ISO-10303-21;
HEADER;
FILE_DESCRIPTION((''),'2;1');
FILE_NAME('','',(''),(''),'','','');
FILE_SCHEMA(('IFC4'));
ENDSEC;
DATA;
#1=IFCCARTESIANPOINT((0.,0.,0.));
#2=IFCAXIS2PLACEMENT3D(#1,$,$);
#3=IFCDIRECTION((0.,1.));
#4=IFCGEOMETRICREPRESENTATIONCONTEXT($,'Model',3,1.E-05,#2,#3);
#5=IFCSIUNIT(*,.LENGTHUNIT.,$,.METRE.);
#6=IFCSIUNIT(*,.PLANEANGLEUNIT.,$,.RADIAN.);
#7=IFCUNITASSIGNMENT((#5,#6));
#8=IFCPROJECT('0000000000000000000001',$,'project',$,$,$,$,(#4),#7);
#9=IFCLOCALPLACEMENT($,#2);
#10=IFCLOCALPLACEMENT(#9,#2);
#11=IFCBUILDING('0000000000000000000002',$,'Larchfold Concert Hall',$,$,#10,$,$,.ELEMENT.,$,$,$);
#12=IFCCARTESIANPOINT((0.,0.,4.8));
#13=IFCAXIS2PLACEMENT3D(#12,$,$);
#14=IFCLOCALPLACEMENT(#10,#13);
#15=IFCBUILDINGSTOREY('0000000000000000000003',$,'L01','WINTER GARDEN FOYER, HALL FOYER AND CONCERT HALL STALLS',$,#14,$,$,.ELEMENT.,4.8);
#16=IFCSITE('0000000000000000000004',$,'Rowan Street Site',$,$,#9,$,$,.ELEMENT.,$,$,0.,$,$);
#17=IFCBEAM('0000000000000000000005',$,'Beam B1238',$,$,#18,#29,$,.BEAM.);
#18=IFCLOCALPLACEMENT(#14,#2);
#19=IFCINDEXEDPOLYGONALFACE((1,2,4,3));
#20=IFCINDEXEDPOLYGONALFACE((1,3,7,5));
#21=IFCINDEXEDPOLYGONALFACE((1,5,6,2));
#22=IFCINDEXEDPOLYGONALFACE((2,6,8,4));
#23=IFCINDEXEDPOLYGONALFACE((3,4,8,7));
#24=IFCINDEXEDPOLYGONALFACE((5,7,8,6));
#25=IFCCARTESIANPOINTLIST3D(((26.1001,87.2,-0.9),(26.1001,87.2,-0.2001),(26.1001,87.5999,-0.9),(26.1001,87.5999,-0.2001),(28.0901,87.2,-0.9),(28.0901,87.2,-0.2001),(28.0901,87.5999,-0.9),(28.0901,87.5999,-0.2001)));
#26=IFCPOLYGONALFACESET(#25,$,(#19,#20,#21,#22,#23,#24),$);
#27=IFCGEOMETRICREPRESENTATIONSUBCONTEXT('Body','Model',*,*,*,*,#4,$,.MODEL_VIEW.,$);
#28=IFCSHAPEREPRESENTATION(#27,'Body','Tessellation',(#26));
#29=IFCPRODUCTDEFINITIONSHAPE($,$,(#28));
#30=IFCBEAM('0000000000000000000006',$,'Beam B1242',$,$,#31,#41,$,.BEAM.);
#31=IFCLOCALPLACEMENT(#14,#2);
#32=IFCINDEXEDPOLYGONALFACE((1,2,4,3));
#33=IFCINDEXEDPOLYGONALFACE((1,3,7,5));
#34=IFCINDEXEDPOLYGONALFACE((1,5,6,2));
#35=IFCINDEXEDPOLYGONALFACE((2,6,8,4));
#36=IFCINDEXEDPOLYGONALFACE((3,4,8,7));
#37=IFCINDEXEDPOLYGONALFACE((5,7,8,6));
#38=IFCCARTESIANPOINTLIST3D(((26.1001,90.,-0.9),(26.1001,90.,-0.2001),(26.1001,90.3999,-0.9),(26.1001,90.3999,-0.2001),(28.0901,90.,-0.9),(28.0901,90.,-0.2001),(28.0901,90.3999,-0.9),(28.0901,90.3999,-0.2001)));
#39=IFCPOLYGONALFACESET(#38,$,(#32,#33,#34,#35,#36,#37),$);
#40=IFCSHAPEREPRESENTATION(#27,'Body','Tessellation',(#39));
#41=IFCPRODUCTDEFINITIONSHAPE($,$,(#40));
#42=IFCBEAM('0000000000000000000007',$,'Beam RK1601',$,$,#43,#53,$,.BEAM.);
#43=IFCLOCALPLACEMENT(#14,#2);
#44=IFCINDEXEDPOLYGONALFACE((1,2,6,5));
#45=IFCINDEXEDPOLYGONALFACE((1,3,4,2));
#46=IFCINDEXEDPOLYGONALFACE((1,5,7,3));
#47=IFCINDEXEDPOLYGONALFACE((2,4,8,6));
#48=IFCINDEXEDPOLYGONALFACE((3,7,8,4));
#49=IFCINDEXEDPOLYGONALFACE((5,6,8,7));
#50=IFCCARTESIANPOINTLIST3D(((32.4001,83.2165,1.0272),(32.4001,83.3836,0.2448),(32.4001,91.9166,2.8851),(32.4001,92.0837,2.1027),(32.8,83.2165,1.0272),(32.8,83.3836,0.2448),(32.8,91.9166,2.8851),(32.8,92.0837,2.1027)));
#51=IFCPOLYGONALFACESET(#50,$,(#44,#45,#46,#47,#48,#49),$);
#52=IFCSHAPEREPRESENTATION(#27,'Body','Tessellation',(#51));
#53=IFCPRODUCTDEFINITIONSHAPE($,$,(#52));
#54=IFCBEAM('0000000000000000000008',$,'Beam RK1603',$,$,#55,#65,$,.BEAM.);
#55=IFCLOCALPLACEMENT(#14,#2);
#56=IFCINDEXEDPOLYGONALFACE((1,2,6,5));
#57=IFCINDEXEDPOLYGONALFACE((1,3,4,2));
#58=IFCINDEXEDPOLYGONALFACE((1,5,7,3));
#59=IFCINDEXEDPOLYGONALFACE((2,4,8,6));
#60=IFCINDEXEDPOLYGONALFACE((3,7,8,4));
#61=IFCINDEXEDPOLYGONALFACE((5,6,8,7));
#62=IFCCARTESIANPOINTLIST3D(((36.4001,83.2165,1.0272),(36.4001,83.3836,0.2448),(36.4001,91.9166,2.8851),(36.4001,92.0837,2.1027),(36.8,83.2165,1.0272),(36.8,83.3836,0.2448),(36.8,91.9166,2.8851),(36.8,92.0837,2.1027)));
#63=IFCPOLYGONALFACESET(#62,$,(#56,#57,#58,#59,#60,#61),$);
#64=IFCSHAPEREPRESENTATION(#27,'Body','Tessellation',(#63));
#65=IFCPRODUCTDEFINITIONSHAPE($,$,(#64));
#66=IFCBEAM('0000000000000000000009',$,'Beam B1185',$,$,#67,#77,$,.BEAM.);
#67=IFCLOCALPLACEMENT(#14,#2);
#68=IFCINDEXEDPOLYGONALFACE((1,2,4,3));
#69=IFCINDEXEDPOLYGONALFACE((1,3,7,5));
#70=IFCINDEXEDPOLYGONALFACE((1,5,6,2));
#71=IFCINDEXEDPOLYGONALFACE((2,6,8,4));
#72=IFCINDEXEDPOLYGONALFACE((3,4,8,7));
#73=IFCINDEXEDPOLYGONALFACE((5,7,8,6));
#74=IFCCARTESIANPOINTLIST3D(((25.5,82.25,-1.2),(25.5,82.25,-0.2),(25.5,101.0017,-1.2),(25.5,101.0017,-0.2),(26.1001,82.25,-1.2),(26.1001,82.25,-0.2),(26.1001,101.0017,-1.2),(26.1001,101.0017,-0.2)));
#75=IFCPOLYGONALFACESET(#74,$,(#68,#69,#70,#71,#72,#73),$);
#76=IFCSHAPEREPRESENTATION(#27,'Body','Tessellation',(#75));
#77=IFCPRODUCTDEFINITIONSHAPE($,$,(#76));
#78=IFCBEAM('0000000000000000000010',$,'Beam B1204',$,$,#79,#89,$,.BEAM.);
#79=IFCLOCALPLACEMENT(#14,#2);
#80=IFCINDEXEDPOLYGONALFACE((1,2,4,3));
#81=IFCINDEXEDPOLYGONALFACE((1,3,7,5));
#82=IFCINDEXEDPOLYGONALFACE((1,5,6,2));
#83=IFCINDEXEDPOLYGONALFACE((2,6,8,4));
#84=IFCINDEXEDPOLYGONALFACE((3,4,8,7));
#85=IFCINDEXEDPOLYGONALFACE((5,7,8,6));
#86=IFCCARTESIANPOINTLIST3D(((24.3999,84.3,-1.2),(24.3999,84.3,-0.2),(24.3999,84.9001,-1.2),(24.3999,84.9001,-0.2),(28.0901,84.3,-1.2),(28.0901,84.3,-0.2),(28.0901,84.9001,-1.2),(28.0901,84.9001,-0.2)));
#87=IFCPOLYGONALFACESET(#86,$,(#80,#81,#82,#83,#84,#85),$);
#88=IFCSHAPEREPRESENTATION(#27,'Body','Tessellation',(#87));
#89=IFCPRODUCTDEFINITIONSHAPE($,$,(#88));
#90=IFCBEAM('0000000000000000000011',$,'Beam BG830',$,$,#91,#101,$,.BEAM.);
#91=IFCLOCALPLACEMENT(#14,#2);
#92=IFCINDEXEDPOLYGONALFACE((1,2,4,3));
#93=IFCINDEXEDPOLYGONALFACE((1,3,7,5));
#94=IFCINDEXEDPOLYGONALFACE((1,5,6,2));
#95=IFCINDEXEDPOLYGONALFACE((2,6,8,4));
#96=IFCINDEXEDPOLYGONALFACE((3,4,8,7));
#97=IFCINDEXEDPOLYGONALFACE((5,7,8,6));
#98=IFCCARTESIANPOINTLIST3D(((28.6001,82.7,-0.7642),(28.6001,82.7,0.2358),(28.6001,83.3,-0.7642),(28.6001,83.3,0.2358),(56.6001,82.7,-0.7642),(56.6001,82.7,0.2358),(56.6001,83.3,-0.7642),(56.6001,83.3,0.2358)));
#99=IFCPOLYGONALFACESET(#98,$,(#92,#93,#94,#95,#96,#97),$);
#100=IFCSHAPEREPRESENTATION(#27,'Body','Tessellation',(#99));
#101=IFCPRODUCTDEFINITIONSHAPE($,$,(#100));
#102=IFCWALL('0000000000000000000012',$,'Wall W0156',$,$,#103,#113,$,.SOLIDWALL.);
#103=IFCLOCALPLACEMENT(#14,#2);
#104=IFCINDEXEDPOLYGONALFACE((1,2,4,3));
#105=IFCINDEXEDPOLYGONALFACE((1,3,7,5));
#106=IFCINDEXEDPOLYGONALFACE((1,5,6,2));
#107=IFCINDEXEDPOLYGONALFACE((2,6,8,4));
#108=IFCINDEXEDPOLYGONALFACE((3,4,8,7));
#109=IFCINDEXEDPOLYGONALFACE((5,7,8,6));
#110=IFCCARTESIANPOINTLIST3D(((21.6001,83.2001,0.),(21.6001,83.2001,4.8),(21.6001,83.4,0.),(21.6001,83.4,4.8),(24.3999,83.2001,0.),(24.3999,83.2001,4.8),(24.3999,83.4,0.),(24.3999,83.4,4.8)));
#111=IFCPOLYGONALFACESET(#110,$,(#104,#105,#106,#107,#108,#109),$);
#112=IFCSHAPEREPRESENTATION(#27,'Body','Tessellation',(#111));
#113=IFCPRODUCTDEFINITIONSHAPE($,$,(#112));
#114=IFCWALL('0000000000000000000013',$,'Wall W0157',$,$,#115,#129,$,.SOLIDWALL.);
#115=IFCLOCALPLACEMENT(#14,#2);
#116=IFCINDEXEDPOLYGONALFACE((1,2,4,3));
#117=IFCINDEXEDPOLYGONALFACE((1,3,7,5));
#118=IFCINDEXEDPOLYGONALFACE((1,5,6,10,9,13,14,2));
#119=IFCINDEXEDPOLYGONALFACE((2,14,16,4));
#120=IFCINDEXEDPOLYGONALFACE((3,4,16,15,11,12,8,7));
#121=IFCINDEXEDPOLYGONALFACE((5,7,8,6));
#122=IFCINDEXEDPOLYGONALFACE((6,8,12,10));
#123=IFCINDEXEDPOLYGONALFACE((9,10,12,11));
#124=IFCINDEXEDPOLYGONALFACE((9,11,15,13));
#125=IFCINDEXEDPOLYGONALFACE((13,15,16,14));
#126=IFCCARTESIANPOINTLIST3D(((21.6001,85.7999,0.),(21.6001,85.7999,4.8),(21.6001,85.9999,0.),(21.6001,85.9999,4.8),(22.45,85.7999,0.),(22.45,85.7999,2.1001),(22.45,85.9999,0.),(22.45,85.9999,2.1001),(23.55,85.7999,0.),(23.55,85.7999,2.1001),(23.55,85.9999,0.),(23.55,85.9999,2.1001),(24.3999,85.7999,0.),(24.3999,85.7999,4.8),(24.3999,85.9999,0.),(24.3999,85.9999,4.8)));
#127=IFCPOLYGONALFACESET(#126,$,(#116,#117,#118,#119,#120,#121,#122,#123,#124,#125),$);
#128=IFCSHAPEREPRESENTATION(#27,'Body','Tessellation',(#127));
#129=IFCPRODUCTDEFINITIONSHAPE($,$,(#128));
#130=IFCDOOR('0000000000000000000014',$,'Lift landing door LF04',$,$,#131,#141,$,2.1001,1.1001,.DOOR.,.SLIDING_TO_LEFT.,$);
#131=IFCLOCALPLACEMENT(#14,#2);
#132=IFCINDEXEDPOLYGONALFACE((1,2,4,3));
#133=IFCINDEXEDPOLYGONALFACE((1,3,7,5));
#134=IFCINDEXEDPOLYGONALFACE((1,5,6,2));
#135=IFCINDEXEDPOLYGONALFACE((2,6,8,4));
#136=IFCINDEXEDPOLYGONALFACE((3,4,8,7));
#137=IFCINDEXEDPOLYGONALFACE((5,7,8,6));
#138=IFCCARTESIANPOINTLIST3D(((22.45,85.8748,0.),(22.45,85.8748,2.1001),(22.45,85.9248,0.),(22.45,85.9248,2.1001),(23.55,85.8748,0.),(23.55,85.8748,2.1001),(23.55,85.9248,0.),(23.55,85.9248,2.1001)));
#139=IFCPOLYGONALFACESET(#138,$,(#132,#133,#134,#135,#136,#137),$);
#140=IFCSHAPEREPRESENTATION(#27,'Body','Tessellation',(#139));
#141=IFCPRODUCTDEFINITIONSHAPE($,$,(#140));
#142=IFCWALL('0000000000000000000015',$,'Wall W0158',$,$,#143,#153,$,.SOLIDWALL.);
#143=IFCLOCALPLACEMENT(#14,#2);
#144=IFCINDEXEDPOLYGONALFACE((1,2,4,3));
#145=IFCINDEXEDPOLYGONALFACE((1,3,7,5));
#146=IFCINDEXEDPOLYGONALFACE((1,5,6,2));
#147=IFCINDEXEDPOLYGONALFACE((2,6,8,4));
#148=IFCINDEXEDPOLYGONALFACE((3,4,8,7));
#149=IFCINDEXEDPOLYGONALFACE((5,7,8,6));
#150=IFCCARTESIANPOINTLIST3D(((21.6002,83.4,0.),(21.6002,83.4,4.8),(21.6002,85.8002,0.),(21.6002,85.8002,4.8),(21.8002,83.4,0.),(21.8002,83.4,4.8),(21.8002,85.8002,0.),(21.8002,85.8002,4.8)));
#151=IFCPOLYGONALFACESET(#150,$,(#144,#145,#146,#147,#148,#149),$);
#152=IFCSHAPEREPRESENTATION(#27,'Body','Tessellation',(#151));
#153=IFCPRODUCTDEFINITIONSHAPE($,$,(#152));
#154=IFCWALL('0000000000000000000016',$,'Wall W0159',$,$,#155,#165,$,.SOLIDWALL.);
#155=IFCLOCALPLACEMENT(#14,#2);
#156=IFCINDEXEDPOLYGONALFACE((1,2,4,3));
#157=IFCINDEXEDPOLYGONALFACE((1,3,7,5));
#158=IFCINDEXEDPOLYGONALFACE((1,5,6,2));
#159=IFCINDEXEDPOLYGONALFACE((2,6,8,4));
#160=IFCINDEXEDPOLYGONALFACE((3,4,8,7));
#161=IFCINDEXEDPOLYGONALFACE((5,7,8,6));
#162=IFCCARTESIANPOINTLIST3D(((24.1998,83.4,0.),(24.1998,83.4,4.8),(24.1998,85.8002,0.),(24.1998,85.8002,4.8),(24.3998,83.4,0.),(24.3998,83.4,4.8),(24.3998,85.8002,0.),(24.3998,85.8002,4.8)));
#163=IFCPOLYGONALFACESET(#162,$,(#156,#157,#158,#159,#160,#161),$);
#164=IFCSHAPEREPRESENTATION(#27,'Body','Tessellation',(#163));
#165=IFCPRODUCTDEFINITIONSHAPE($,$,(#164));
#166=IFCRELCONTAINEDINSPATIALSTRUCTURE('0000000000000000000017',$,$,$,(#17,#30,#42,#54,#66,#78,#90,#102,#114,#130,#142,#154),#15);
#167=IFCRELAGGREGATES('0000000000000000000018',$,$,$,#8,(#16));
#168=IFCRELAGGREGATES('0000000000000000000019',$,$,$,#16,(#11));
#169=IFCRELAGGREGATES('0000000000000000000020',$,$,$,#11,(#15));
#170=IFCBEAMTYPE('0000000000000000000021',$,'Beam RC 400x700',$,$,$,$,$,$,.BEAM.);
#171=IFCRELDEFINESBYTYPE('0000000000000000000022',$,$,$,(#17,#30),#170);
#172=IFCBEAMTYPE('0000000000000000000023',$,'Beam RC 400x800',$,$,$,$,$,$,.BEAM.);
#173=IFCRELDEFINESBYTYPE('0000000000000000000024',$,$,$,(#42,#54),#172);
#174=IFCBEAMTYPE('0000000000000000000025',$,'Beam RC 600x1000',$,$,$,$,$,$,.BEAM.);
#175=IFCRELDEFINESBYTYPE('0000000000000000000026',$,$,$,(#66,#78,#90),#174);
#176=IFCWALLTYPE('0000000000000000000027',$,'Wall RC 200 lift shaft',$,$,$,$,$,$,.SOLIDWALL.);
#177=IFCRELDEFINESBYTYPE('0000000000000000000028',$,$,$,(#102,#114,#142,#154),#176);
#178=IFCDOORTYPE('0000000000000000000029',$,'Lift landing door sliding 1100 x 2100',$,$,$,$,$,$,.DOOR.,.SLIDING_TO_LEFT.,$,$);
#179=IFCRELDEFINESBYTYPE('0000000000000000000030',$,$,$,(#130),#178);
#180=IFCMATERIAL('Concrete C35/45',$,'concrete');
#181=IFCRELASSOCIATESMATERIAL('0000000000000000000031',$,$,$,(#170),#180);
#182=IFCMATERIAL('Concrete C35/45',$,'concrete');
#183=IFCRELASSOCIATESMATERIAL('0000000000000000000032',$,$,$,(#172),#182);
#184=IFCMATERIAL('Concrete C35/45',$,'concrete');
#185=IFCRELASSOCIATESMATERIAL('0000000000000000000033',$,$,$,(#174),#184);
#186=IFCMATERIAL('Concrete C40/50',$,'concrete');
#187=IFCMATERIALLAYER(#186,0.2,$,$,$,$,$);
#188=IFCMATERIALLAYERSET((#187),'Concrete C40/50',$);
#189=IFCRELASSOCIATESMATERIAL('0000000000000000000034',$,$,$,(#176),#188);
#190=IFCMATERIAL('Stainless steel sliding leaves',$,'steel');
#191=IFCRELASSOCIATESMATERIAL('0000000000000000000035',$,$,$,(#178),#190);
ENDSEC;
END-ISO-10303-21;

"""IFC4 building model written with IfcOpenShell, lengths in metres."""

from ifc_helpers import new_model, si_unit, direction, frame, frame_2d, origin, origin_2d, place, context, subcontext, project, spatial, rectangle, extrude, material, layer, layer_set, material_profile, profile_set, type_object, element, fill, save


model = new_model("IFC4")

# Units and contexts
model_context = context("Model", 3, precision=1e-05, world=origin(), true_north=direction((0.0, 1.0)))
body_context = subcontext(model_context, "Body", "Model", "MODEL_VIEW")
ifc_project = project(units=[si_unit("LENGTHUNIT", "METRE"), si_unit("PLANEANGLEUNIT", "RADIAN")], contexts=[model_context])

# Site, building, storey
site_placement = place(None, origin())
site = spatial("IfcSite", under=ifc_project, at=site_placement, Name="Rowan Street Site", CompositionType="ELEMENT", RefElevation=0.0)
building_placement = place(site_placement, origin())
building = spatial("IfcBuilding", under=site, at=building_placement, Name="Larchfold Concert Hall", CompositionType="ELEMENT")
storey_placement = place(building_placement, frame((0.0, 0.0, 4.8)))
storey = spatial("IfcBuildingStorey", under=building, at=storey_placement, Name="L01", Description="WINTER GARDEN FOYER, HALL FOYER AND CONCERT HALL STALLS", CompositionType="ELEMENT", Elevation=4.8)

# Beams
ifc_material_1 = material(Name="Concrete C35/45", Category="concrete")
ifc_material_profile_1 = material_profile(ifc_material_1, rectangle(XDim=0.3999, YDim=0.7, at=origin_2d()))
ifc_profile_set_1 = profile_set([ifc_material_profile_1], Name="Concrete C35/45")
beam_type_1 = type_object("IfcBeamType", Name="Beam RC 400x700", PredefinedType="BEAM", material=ifc_profile_set_1)
for number, where, z_axis, x_axis, name in (
    (1, (26.1001, 87.3999, -0.55), (1.0, 0.0, 0.0), (0.0, 1.0, 0.0), "Beam B1238"),
    (2, (26.1001, 90.2, -0.55), (1.0, 0.0, 0.0), (0.0, 1.0, 0.0), "Beam B1242"),
):
    element("IfcBeam", number, at=place(storey_placement, frame(where, z_axis=z_axis, x_axis=x_axis)), inside=storey, type_object=beam_type_1, Name=name, PredefinedType="BEAM", context=body_context, shape_type="SweptSolid", body=[
        extrude(rectangle(XDim=0.3999, YDim=0.7, at=origin_2d()), origin(), (0.0, 0.0, 1.0), 1.99),
    ])
ifc_material_2 = material(Name="Concrete C35/45", Category="concrete")
ifc_material_profile_2 = material_profile(ifc_material_2, rectangle(XDim=0.3999, YDim=0.8, at=origin_2d()))
ifc_profile_set_2 = profile_set([ifc_material_profile_2], Name="Concrete C35/45")
beam_type_2 = type_object("IfcBeamType", Name="Beam RC 400x800", PredefinedType="BEAM", material=ifc_profile_set_2)
for number, where, z_axis, x_axis, name in (
    (3, (32.6001, 83.3, 0.636), (0.0, 0.977949, 0.208845), (-1.0, 0.0, 0.0), "Beam RK1601"),
    (4, (36.6001, 83.3, 0.636), (0.0, 0.977949, 0.208845), (-1.0, 0.0, 0.0), "Beam RK1603"),
):
    element("IfcBeam", number, at=place(storey_placement, frame(where, z_axis=z_axis, x_axis=x_axis)), inside=storey, type_object=beam_type_2, Name=name, PredefinedType="BEAM", context=body_context, shape_type="SweptSolid", body=[
        extrude(rectangle(XDim=0.3999, YDim=0.8, at=origin_2d()), origin(), (0.0, 0.0, 1.0), 8.8962),
    ])
ifc_material_3 = material(Name="Concrete C35/45", Category="concrete")
ifc_material_profile_3 = material_profile(ifc_material_3, rectangle(XDim=0.6001, YDim=1.0, at=origin_2d()))
ifc_profile_set_3 = profile_set([ifc_material_profile_3], Name="Concrete C35/45")
beam_type_3 = type_object("IfcBeamType", Name="Beam RC 600x1000", PredefinedType="BEAM", material=ifc_profile_set_3)
beam_1_placement = place(storey_placement, frame((25.8, 82.25, -0.7), z_axis=(0.0, 1.0, 0.0), x_axis=(-1.0, 0.0, 0.0)))
element("IfcBeam", 5, at=beam_1_placement, inside=storey, type_object=beam_type_3, Name="Beam B1185", PredefinedType="BEAM", context=body_context, shape_type="SweptSolid", body=[
    extrude(rectangle(XDim=0.6001, YDim=1.0, at=origin_2d()), origin(), (0.0, 0.0, 1.0), 18.7517),
])
beam_2_placement = place(storey_placement, frame((24.3999, 84.6001, -0.7), z_axis=(1.0, 0.0, 0.0), x_axis=(0.0, 1.0, 0.0)))
element("IfcBeam", 6, at=beam_2_placement, inside=storey, type_object=beam_type_3, Name="Beam B1204", PredefinedType="BEAM", context=body_context, shape_type="SweptSolid", body=[
    extrude(rectangle(XDim=0.6001, YDim=1.0, at=origin_2d()), origin(), (0.0, 0.0, 1.0), 3.6902),
])
beam_3_placement = place(storey_placement, frame((28.6001, 83.0, -0.2642), z_axis=(1.0, 0.0, 0.0), x_axis=(0.0, 1.0, 0.0)))
element("IfcBeam", 7, at=beam_3_placement, inside=storey, type_object=beam_type_3, Name="Beam BG830", PredefinedType="BEAM", context=body_context, shape_type="SweptSolid", body=[
    extrude(rectangle(XDim=0.6001, YDim=1.0, at=origin_2d()), origin(), (0.0, 0.0, 1.0), 28.0),
])

# Wall
ifc_material_4 = material(Name="Concrete C40/50", Category="concrete")
ifc_layer_1 = layer(ifc_material_4, 0.2)
ifc_layer_set_1 = layer_set([ifc_layer_1], Name="Concrete C40/50")
wall_type_1 = type_object("IfcWallType", Name="Wall RC 200 lift shaft", PredefinedType="SOLIDWALL", material=ifc_layer_set_1)
wall_1_placement = place(storey_placement, frame((21.6001, 83.3, 0.0), z_axis=(0.0, 0.0, 1.0), x_axis=(1.0, 0.0, 0.0)))
element("IfcWall", 8, at=wall_1_placement, inside=storey, type_object=wall_type_1, Name="Wall W0156", PredefinedType="SOLIDWALL", context=body_context, shape_type="SweptSolid", body=[
    extrude(rectangle(XDim=2.7998, YDim=0.2, at=frame_2d((1.3999, 0.0))), origin(), (0.0, 0.0, 1.0), 4.8),
])

# Wall, opening, door
wall_2_placement = place(storey_placement, frame((21.6001, 85.8999, 0.0), z_axis=(0.0, 0.0, 1.0), x_axis=(1.0, 0.0, 0.0)))
wall_2 = element("IfcWall", 9, at=wall_2_placement, inside=storey, type_object=wall_type_1, Name="Wall W0157", PredefinedType="SOLIDWALL", context=body_context, shape_type="SweptSolid", body=[
    extrude(rectangle(XDim=2.7998, YDim=0.2, at=frame_2d((1.3999, 0.0))), origin(), (0.0, 0.0, 1.0), 4.8),
])
opening_1_placement = place(wall_2_placement, frame((0.8499, 0.0, 0.0)))
opening_1 = element("IfcOpeningElement", 10, at=opening_1_placement, cuts=wall_2, PredefinedType="OPENING", context=body_context, shape_type="SweptSolid", body=[
    extrude(rectangle(XDim=1.1001, YDim=2.1001, at=frame_2d((0.55, 1.05))), frame((0.0, 0.1099, 0.0), z_axis=(0.0, -1.0, 0.0), x_axis=(1.0, 0.0, 0.0)), (0.0, 0.0, 1.0), 0.22),
])
ifc_material_5 = material(Name="Stainless steel sliding leaves", Category="steel")
door_type_1 = type_object("IfcDoorType", Name="Lift landing door sliding 1100 x 2100", OperationType="SLIDING_TO_LEFT", PredefinedType="DOOR", material=ifc_material_5)
door_1_placement = place(opening_1_placement, origin())
door_1 = element("IfcDoor", 11, at=door_1_placement, inside=storey, type_object=door_type_1, Name="Lift landing door LF04", OperationType="SLIDING_TO_LEFT", OverallHeight=2.1001, OverallWidth=1.1001, PredefinedType="DOOR", context=body_context, shape_type="SweptSolid", body=[
    extrude(rectangle(XDim=1.1001, YDim=2.1001, at=frame_2d((0.55, 1.05))), frame((0.0, 0.0249, 0.0), z_axis=(0.0, -1.0, 0.0), x_axis=(1.0, 0.0, 0.0)), (0.0, 0.0, 1.0), 0.05),
])
fill(opening_1, door_1)

# Walls
for number, where, z_axis, x_axis, name in (
    (12, (21.7002, 83.3999, 0.0), (0.0, 0.0, 1.0), (0.0, 1.0, 0.0), "Wall W0158"),
    (13, (24.2998, 83.3999, 0.0), (0.0, 0.0, 1.0), (0.0, 1.0, 0.0), "Wall W0159"),
):
    element("IfcWall", number, at=place(storey_placement, frame(where, z_axis=z_axis, x_axis=x_axis)), inside=storey, type_object=wall_type_1, Name=name, PredefinedType="SOLIDWALL", context=body_context, shape_type="SweptSolid", body=[
        extrude(rectangle(XDim=2.4001, YDim=0.2, at=frame_2d((1.2002, 0.0))), origin(), (0.0, 0.0, 1.0), 4.8),
    ])

save(model, "model.ifc")
